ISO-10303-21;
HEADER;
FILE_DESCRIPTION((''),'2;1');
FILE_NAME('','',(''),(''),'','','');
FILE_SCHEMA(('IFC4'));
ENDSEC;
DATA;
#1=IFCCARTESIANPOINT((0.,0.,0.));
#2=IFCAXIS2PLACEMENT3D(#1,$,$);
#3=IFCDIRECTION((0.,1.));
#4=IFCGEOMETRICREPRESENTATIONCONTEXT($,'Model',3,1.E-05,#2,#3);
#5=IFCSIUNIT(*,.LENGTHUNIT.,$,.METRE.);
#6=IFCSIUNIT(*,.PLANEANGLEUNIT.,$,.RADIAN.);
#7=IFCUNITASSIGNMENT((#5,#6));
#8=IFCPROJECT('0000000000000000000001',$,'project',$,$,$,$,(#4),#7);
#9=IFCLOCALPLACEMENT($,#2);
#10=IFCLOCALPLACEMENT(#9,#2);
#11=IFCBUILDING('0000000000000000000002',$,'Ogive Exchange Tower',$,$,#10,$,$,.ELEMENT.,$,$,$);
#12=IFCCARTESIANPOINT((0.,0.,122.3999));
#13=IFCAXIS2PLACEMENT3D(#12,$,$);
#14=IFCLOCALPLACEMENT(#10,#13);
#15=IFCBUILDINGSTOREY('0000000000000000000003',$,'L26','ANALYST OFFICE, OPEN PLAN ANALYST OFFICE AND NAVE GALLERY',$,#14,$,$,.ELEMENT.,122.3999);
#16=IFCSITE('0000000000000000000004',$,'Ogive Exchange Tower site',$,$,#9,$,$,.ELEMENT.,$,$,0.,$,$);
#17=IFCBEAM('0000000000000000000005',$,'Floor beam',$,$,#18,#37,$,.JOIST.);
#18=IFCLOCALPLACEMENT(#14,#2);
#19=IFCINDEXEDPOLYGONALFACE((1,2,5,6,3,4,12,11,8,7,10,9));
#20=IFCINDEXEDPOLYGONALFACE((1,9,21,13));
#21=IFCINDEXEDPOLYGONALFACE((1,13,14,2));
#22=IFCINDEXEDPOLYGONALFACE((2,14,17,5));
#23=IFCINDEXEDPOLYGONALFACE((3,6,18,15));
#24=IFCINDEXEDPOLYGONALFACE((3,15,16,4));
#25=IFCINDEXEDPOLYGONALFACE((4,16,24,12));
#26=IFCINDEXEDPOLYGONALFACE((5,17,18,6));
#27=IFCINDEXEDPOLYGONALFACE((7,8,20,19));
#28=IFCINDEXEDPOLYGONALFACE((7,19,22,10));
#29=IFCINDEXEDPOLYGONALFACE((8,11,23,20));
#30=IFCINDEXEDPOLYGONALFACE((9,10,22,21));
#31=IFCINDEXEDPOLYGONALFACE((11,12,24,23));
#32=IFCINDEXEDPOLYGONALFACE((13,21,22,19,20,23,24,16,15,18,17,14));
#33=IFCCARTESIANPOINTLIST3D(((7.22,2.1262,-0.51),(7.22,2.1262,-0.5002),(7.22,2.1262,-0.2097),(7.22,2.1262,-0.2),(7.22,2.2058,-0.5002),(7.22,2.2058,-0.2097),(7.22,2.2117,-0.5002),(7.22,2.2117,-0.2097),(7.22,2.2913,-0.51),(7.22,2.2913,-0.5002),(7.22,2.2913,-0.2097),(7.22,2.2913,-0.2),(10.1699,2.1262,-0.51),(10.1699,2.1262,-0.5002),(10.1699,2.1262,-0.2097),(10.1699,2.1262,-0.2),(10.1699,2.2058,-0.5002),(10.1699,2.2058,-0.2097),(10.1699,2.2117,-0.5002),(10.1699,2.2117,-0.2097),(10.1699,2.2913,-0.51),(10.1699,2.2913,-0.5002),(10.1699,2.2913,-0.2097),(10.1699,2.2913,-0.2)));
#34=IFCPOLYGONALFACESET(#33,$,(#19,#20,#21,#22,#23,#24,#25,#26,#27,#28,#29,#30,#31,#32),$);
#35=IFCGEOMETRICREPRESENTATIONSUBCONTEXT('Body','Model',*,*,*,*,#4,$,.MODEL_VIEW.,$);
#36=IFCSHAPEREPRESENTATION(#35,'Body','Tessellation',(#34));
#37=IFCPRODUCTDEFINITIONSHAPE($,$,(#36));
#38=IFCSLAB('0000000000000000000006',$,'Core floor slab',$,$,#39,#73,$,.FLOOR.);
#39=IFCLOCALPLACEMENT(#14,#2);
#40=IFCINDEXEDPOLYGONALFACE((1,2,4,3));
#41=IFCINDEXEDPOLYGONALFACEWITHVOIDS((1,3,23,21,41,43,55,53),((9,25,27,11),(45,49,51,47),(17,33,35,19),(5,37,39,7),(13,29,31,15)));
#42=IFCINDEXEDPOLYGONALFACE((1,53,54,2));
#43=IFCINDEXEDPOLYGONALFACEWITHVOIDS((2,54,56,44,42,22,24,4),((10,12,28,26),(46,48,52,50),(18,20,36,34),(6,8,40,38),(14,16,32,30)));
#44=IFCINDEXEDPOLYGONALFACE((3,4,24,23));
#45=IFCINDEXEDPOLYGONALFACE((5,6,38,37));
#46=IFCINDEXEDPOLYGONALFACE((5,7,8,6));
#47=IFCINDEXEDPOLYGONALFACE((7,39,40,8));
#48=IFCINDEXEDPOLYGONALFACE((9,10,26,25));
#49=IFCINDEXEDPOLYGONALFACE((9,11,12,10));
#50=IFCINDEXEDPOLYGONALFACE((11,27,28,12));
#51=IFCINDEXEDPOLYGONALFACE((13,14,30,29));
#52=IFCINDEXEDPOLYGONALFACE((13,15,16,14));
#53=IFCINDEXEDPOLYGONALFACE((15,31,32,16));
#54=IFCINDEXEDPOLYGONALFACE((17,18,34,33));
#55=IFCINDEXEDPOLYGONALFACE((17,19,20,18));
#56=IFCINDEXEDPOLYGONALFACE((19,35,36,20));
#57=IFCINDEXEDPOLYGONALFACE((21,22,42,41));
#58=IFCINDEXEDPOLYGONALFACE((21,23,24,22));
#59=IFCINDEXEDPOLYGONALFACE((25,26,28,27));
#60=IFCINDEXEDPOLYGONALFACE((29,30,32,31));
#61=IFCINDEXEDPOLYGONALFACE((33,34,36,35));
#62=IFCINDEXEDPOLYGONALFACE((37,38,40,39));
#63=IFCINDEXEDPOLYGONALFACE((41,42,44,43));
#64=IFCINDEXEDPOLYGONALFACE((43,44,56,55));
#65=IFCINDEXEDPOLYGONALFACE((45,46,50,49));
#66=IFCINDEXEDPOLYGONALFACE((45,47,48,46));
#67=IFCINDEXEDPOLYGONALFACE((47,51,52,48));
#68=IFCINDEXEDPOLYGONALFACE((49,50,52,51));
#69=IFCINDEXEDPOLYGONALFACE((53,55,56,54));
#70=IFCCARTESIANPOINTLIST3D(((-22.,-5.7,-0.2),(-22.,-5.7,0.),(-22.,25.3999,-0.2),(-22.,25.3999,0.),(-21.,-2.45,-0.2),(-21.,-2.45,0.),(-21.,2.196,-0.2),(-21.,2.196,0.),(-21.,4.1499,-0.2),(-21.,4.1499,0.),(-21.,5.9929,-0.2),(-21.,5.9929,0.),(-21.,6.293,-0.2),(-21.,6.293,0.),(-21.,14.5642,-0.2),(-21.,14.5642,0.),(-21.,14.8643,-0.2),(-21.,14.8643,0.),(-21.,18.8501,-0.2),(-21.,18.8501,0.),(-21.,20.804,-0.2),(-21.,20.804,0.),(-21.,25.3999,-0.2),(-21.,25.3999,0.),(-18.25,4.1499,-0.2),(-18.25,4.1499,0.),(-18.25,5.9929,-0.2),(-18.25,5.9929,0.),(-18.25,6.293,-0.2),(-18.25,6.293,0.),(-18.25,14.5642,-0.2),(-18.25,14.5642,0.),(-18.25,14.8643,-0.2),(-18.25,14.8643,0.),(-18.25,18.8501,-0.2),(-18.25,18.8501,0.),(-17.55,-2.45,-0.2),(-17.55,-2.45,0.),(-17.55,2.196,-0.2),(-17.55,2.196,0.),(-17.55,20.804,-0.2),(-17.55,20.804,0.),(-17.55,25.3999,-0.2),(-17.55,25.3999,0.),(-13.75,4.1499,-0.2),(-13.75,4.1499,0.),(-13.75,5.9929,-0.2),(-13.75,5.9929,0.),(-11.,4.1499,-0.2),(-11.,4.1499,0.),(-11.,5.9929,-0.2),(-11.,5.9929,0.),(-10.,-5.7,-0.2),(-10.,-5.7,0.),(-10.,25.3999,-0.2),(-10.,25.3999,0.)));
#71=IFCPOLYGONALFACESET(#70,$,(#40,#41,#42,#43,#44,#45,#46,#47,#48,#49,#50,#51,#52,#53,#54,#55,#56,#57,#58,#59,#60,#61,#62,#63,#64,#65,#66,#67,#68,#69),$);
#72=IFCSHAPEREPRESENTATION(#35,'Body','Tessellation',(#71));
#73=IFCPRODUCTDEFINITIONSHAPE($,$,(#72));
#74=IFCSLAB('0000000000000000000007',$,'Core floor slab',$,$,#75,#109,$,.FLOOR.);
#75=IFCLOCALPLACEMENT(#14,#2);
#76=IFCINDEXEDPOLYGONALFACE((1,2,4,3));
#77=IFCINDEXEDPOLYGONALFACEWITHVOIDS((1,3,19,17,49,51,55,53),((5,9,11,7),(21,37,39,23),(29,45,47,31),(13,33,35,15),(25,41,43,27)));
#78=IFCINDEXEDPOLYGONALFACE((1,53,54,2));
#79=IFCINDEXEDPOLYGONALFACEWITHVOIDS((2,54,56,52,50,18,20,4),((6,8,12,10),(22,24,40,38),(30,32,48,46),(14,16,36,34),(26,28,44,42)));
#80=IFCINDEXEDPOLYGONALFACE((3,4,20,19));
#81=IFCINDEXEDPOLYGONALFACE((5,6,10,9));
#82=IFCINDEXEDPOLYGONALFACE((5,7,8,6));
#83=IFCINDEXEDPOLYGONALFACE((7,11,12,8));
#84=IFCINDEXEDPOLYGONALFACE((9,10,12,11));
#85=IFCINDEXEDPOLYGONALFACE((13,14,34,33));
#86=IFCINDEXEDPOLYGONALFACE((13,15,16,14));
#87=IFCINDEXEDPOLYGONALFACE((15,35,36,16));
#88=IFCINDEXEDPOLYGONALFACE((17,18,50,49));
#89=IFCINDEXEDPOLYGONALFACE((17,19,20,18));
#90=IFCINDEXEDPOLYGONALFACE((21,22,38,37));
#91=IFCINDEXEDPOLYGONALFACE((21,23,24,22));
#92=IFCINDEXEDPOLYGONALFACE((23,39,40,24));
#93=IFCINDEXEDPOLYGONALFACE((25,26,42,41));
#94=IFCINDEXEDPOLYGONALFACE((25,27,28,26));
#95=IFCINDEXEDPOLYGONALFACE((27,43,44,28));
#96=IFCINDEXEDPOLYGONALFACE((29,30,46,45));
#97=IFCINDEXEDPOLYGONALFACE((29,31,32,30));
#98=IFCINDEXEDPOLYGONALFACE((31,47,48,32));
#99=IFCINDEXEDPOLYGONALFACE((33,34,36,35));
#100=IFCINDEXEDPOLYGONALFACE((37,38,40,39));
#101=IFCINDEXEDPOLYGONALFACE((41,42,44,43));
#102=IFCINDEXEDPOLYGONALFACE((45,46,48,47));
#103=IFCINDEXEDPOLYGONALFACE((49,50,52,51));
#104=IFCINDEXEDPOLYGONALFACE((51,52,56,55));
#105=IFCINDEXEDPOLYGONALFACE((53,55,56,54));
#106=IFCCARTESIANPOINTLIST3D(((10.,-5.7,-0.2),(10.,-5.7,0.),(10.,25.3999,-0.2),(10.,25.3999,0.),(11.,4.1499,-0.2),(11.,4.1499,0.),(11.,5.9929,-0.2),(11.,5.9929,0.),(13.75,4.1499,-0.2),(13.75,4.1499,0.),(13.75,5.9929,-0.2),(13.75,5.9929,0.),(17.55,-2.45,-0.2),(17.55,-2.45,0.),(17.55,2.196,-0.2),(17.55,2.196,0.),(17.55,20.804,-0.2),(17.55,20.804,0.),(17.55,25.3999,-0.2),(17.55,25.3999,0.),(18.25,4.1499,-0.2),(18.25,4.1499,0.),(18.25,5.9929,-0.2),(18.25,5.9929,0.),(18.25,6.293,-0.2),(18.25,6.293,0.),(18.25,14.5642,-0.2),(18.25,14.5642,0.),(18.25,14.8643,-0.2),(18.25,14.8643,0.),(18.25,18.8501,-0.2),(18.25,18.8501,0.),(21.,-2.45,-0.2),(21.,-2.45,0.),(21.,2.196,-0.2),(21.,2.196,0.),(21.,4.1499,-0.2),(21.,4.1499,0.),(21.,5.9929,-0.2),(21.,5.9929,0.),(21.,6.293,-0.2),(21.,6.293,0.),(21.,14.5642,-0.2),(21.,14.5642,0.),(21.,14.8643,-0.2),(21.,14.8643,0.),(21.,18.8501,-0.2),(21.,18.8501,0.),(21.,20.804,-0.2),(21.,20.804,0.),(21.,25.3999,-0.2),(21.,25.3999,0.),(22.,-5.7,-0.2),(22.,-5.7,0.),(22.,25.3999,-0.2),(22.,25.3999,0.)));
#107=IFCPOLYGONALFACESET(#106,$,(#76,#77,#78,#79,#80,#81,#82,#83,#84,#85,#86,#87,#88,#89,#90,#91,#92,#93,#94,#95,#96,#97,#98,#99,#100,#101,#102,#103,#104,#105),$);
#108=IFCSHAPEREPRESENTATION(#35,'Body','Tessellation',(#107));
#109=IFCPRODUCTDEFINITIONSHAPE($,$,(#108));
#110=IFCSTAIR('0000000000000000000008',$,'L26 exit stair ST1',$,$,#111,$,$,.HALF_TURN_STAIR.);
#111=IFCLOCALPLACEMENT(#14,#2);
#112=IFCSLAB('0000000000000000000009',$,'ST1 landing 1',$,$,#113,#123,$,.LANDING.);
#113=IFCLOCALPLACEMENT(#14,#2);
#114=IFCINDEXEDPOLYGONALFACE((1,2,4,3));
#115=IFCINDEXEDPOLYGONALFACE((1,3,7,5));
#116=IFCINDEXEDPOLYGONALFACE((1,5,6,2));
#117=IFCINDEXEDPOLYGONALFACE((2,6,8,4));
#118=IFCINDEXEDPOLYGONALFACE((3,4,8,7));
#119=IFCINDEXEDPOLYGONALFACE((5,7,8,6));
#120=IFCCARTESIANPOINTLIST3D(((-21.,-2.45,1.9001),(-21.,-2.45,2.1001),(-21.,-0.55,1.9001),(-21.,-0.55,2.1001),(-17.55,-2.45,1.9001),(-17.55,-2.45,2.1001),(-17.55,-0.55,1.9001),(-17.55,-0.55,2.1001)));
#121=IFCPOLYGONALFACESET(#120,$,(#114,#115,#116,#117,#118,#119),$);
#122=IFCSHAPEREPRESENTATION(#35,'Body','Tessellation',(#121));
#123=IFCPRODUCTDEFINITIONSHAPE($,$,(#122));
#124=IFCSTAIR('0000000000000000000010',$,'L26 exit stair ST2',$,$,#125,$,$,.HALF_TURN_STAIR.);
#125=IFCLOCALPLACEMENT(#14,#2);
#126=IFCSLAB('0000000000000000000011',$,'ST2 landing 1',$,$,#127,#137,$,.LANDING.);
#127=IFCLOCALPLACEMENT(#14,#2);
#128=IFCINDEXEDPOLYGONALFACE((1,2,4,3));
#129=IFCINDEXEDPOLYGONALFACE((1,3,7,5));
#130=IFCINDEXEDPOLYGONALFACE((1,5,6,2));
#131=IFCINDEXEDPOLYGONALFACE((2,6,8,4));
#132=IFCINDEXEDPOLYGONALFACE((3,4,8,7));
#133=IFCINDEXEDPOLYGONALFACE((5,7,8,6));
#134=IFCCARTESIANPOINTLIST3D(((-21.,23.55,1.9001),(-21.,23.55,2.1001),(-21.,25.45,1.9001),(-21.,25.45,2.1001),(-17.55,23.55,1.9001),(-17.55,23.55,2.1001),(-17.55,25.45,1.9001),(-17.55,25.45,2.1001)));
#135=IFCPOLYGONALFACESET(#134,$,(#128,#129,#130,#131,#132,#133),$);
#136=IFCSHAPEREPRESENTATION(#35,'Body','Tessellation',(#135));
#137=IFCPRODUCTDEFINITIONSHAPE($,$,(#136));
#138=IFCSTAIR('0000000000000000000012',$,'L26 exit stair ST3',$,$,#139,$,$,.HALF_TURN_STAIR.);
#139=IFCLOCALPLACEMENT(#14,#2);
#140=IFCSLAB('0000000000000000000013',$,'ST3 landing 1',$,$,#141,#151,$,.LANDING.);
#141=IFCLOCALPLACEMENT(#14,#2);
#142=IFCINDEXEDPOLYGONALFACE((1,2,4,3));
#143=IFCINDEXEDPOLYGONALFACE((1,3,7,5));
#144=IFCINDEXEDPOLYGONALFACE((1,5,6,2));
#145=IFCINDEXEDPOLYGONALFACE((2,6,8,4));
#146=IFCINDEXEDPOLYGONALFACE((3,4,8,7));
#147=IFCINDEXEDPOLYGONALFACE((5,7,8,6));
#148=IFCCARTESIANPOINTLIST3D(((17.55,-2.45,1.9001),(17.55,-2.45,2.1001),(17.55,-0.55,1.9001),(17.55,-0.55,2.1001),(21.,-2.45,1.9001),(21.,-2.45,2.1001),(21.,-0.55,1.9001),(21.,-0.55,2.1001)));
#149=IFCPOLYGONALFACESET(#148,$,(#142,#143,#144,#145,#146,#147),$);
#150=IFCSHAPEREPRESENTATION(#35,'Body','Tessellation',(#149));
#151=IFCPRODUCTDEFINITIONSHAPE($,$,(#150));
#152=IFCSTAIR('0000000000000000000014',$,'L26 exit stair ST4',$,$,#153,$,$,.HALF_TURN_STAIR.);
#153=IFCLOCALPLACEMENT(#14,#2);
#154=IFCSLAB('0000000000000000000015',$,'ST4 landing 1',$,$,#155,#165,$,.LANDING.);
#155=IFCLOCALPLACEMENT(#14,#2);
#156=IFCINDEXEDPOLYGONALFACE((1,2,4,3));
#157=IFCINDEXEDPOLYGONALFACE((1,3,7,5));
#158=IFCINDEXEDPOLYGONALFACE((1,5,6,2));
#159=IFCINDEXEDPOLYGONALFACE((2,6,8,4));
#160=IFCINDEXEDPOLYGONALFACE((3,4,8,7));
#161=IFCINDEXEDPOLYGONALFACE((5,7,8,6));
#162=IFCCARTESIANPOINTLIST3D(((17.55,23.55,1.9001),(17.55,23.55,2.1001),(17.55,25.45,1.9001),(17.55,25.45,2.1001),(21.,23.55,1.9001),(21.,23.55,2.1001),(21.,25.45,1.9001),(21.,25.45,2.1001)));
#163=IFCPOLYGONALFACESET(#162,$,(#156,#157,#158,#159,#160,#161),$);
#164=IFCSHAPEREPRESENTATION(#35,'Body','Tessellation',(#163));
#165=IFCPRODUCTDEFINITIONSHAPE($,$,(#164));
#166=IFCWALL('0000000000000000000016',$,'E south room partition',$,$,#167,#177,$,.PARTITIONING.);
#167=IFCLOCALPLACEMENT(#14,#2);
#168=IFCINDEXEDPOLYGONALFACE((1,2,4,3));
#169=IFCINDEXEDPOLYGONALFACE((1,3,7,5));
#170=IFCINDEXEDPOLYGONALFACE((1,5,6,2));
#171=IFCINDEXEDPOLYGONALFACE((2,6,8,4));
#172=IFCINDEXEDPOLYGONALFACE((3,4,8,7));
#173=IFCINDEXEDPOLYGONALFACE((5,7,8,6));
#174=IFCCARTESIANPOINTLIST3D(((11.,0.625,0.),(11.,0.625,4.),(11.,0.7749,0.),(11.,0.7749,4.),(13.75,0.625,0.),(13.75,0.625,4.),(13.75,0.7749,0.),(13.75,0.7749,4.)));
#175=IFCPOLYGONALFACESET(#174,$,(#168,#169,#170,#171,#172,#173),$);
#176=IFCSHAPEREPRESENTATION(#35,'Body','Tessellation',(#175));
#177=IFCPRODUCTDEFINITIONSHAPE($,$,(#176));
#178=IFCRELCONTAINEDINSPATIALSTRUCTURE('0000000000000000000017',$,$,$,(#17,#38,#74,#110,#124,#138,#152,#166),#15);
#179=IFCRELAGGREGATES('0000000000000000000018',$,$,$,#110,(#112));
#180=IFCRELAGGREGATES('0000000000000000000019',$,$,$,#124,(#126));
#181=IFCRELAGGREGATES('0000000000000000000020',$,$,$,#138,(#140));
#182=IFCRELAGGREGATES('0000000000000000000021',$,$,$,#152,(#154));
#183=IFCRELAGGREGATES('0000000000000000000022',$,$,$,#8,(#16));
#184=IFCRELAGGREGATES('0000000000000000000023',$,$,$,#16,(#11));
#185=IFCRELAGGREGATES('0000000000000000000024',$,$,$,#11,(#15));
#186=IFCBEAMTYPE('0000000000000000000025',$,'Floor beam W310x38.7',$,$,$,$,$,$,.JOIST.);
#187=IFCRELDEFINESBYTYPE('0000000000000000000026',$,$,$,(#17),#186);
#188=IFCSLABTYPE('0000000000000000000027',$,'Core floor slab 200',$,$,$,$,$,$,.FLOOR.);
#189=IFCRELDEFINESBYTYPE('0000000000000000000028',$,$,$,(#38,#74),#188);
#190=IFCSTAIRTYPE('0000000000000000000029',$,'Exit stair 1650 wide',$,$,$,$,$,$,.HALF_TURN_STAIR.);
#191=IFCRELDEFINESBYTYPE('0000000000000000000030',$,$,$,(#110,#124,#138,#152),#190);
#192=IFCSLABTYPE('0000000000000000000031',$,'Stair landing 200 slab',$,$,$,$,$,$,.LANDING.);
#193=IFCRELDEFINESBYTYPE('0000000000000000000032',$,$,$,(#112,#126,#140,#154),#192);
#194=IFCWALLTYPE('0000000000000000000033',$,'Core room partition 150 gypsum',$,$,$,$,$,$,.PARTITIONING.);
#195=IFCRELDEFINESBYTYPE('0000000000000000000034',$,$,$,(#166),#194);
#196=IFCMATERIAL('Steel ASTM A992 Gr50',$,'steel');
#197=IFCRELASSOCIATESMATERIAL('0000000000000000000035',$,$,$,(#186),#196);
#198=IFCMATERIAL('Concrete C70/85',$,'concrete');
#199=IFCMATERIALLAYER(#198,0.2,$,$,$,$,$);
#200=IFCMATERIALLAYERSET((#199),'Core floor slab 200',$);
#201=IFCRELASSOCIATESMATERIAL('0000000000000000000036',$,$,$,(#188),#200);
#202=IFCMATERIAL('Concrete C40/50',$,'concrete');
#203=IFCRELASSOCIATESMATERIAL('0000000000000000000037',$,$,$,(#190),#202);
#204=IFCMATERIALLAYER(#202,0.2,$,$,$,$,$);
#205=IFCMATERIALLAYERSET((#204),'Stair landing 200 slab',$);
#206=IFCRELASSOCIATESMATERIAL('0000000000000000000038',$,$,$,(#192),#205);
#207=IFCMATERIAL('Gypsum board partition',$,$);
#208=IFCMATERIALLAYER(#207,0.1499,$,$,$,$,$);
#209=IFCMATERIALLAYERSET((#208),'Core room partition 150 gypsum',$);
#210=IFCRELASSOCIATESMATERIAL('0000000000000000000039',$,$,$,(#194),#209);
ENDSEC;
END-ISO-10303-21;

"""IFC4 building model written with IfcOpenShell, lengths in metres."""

from ifc_helpers import new_model, si_unit, direction, frame, frame_2d, origin, origin_2d, place, context, subcontext, project, spatial, polyline, rectangle, i_section, outline, extrude, material, layer, layer_set, material_profile, profile_set, type_object, element, aggregate, save


model = new_model("IFC4")

# Units and contexts
model_context = context("Model", 3, precision=1e-05, world=origin(), true_north=direction((0.0, 1.0)))
body_context = subcontext(model_context, "Body", "Model", "MODEL_VIEW")
ifc_project = project(units=[si_unit("LENGTHUNIT", "METRE"), si_unit("PLANEANGLEUNIT", "RADIAN")], contexts=[model_context])

# Site, building, storey
site_placement = place(None, origin())
site = spatial("IfcSite", under=ifc_project, at=site_placement, Name="Ogive Exchange Tower site", CompositionType="ELEMENT", RefElevation=0.0)
building_placement = place(site_placement, origin())
building = spatial("IfcBuilding", under=site, at=building_placement, Name="Ogive Exchange Tower", CompositionType="ELEMENT")
storey_placement = place(building_placement, frame((0.0, 0.0, 122.3999)))
storey = spatial("IfcBuildingStorey", under=building, at=storey_placement, Name="L26", Description="ANALYST OFFICE, OPEN PLAN ANALYST OFFICE AND NAVE GALLERY", CompositionType="ELEMENT", Elevation=122.3999)

# Beam
ifc_material_1 = material(Name="Steel ASTM A992 Gr50", Category="steel")
ifc_material_profile = material_profile(ifc_material_1, i_section(OverallWidth=0.165, OverallDepth=0.3101, WebThickness=0.0059, FlangeThickness=0.0098, at=origin_2d()), Name="W310x38.7")
ifc_profile_set = profile_set([ifc_material_profile], Name="Steel ASTM A992 Gr50")
beam_type = type_object("IfcBeamType", Name="Floor beam W310x38.7", PredefinedType="JOIST", material=ifc_profile_set)
beam_placement = place(storey_placement, frame((7.22, 2.2087, -0.355), z_axis=(1.0, 0.0, 0.0), x_axis=(0.0, 1.0, 0.0)))
element("IfcBeam", 1, at=beam_placement, inside=storey, type_object=beam_type, Name="Floor beam", PredefinedType="JOIST", context=body_context, shape_type="SweptSolid", body=[
    extrude(i_section(OverallWidth=0.165, OverallDepth=0.3101, WebThickness=0.0059, FlangeThickness=0.0098, at=origin_2d()), origin(), (0.0, 0.0, 1.0), 2.95),
])

# Slabs
ifc_material_2 = material(Name="Concrete C70/85", Category="concrete")
ifc_layer_1 = layer(ifc_material_2, 0.2)
ifc_layer_set_1 = layer_set([ifc_layer_1], Name="Core floor slab 200")
slab_type_1 = type_object("IfcSlabType", Name="Core floor slab 200", PredefinedType="FLOOR", material=ifc_layer_set_1)
slab_1_placement = place(storey_placement, frame((0.0, 0.0, -0.2)))
element("IfcSlab", 2, at=slab_1_placement, inside=storey, type_object=slab_type_1, Name="Core floor slab", PredefinedType="FLOOR", context=body_context, shape_type="SweptSolid", body=[
    extrude(outline(polyline([(-10.0, 25.3999), (-10.0, -5.7), (-22.0, -5.7), (-22.0, 25.3999), (-21.0, 25.3999), (-21.0, 20.804), (-17.55, 20.804), (-17.55, 25.3999), (-10.0, 25.3999)]), holes=[polyline([(-17.55, 2.196), (-21.0, 2.196), (-21.0, -2.45), (-17.55, -2.45), (-17.55, 2.196)]), polyline([(-18.25, 5.9929), (-21.0, 5.9929), (-21.0, 4.1499), (-18.25, 4.1499), (-18.25, 5.9929)]), polyline([(-11.0, 5.9929), (-13.75, 5.9929), (-13.75, 4.1499), (-11.0, 4.1499), (-11.0, 5.9929)]), polyline([(-21.0, 14.5642), (-21.0, 6.293), (-18.25, 6.293), (-18.25, 14.5642), (-21.0, 14.5642)]), polyline([(-18.25, 18.8501), (-21.0, 18.8501), (-21.0, 14.8643), (-18.25, 14.8643), (-18.25, 18.8501)])]), origin(), (0.0, 0.0, 1.0), 0.2),
])
slab_2_placement = place(storey_placement, frame((0.0, 0.0, -0.2)))
element("IfcSlab", 3, at=slab_2_placement, inside=storey, type_object=slab_type_1, Name="Core floor slab", PredefinedType="FLOOR", context=body_context, shape_type="SweptSolid", body=[
    extrude(outline(polyline([(22.0, 25.3999), (22.0, -5.7), (10.0, -5.7), (10.0, 25.3999), (17.55, 25.3999), (17.55, 20.804), (21.0, 20.804), (21.0, 25.3999), (22.0, 25.3999)]), holes=[polyline([(21.0, 2.196), (17.55, 2.196), (17.55, -2.45), (21.0, -2.45), (21.0, 2.196)]), polyline([(13.75, 5.9929), (11.0, 5.9929), (11.0, 4.1499), (13.75, 4.1499), (13.75, 5.9929)]), polyline([(21.0, 5.9929), (18.25, 5.9929), (18.25, 4.1499), (21.0, 4.1499), (21.0, 5.9929)]), polyline([(18.25, 14.5642), (18.25, 6.293), (21.0, 6.293), (21.0, 14.5642), (18.25, 14.5642)]), polyline([(21.0, 18.8501), (18.25, 18.8501), (18.25, 14.8643), (21.0, 14.8643), (21.0, 18.8501)])]), origin(), (0.0, 0.0, 1.0), 0.2),
])

# Stairs, slabs
ifc_material_3 = material(Name="Concrete C40/50", Category="concrete")
stair_type = type_object("IfcStairType", Name="Exit stair 1650 wide", PredefinedType="HALF_TURN_STAIR", material=ifc_material_3)
stair_1_placement = place(storey_placement, origin())
stair_1 = element("IfcStair", 4, at=stair_1_placement, inside=storey, type_object=stair_type, Name="L26 exit stair ST1", PredefinedType="HALF_TURN_STAIR")
ifc_layer_2 = layer(ifc_material_3, 0.2)
ifc_layer_set_2 = layer_set([ifc_layer_2], Name="Stair landing 200 slab")
slab_type_2 = type_object("IfcSlabType", Name="Stair landing 200 slab", PredefinedType="LANDING", material=ifc_layer_set_2)
slab_3_placement = place(storey_placement, frame((0.0, 0.0, 1.9001)))
slab_3 = element("IfcSlab", 5, at=slab_3_placement, type_object=slab_type_2, Name="ST1 landing 1", PredefinedType="LANDING", context=body_context, shape_type="SweptSolid", body=[
    extrude(outline(polyline([(-21.0, -0.55), (-21.0, -2.45), (-17.55, -2.45), (-17.55, -0.55), (-21.0, -0.55)])), origin(), (0.0, 0.0, 1.0), 0.2),
])
aggregate(stair_1, [slab_3])
stair_2_placement = place(storey_placement, origin())
stair_2 = element("IfcStair", 6, at=stair_2_placement, inside=storey, type_object=stair_type, Name="L26 exit stair ST2", PredefinedType="HALF_TURN_STAIR")
slab_4_placement = place(storey_placement, frame((0.0, 0.0, 1.9001)))
slab_4 = element("IfcSlab", 7, at=slab_4_placement, type_object=slab_type_2, Name="ST2 landing 1", PredefinedType="LANDING", context=body_context, shape_type="SweptSolid", body=[
    extrude(outline(polyline([(-17.55, 23.55), (-17.55, 25.45), (-21.0, 25.45), (-21.0, 23.55), (-17.55, 23.55)])), origin(), (0.0, 0.0, 1.0), 0.2),
])
aggregate(stair_2, [slab_4])
stair_3_placement = place(storey_placement, origin())
stair_3 = element("IfcStair", 8, at=stair_3_placement, inside=storey, type_object=stair_type, Name="L26 exit stair ST3", PredefinedType="HALF_TURN_STAIR")
slab_5_placement = place(storey_placement, frame((0.0, 0.0, 1.9001)))
slab_5 = element("IfcSlab", 9, at=slab_5_placement, type_object=slab_type_2, Name="ST3 landing 1", PredefinedType="LANDING", context=body_context, shape_type="SweptSolid", body=[
    extrude(outline(polyline([(17.55, -0.55), (17.55, -2.45), (21.0, -2.45), (21.0, -0.55), (17.55, -0.55)])), origin(), (0.0, 0.0, 1.0), 0.2),
])
aggregate(stair_3, [slab_5])
stair_4_placement = place(storey_placement, origin())
stair_4 = element("IfcStair", 10, at=stair_4_placement, inside=storey, type_object=stair_type, Name="L26 exit stair ST4", PredefinedType="HALF_TURN_STAIR")
slab_6_placement = place(storey_placement, frame((0.0, 0.0, 1.9001)))
slab_6 = element("IfcSlab", 11, at=slab_6_placement, type_object=slab_type_2, Name="ST4 landing 1", PredefinedType="LANDING", context=body_context, shape_type="SweptSolid", body=[
    extrude(outline(polyline([(21.0, 23.55), (21.0, 25.45), (17.55, 25.45), (17.55, 23.55), (21.0, 23.55)])), origin(), (0.0, 0.0, 1.0), 0.2),
])
aggregate(stair_4, [slab_6])

# Wall
ifc_material_4 = material(Name="Gypsum board partition")
ifc_layer_3 = layer(ifc_material_4, 0.1499)
ifc_layer_set_3 = layer_set([ifc_layer_3], Name="Core room partition 150 gypsum")
wall_type_1 = type_object("IfcWallType", Name="Core room partition 150 gypsum", PredefinedType="PARTITIONING", material=ifc_layer_set_3)
wall_1_placement = place(storey_placement, frame((11.0, 0.7, 0.0), z_axis=(0.0, 0.0, 1.0), x_axis=(1.0, 0.0, 0.0)))
element("IfcWall", 12, at=wall_1_placement, inside=storey, type_object=wall_type_1, Name="E south room partition", PredefinedType="PARTITIONING", context=body_context, shape_type="SweptSolid", body=[
    extrude(rectangle(XDim=2.75, YDim=0.1499, at=frame_2d((1.375, 0.0))), origin(), (0.0, 0.0, 1.0), 4.0),
])

save(model, "model.ifc")
